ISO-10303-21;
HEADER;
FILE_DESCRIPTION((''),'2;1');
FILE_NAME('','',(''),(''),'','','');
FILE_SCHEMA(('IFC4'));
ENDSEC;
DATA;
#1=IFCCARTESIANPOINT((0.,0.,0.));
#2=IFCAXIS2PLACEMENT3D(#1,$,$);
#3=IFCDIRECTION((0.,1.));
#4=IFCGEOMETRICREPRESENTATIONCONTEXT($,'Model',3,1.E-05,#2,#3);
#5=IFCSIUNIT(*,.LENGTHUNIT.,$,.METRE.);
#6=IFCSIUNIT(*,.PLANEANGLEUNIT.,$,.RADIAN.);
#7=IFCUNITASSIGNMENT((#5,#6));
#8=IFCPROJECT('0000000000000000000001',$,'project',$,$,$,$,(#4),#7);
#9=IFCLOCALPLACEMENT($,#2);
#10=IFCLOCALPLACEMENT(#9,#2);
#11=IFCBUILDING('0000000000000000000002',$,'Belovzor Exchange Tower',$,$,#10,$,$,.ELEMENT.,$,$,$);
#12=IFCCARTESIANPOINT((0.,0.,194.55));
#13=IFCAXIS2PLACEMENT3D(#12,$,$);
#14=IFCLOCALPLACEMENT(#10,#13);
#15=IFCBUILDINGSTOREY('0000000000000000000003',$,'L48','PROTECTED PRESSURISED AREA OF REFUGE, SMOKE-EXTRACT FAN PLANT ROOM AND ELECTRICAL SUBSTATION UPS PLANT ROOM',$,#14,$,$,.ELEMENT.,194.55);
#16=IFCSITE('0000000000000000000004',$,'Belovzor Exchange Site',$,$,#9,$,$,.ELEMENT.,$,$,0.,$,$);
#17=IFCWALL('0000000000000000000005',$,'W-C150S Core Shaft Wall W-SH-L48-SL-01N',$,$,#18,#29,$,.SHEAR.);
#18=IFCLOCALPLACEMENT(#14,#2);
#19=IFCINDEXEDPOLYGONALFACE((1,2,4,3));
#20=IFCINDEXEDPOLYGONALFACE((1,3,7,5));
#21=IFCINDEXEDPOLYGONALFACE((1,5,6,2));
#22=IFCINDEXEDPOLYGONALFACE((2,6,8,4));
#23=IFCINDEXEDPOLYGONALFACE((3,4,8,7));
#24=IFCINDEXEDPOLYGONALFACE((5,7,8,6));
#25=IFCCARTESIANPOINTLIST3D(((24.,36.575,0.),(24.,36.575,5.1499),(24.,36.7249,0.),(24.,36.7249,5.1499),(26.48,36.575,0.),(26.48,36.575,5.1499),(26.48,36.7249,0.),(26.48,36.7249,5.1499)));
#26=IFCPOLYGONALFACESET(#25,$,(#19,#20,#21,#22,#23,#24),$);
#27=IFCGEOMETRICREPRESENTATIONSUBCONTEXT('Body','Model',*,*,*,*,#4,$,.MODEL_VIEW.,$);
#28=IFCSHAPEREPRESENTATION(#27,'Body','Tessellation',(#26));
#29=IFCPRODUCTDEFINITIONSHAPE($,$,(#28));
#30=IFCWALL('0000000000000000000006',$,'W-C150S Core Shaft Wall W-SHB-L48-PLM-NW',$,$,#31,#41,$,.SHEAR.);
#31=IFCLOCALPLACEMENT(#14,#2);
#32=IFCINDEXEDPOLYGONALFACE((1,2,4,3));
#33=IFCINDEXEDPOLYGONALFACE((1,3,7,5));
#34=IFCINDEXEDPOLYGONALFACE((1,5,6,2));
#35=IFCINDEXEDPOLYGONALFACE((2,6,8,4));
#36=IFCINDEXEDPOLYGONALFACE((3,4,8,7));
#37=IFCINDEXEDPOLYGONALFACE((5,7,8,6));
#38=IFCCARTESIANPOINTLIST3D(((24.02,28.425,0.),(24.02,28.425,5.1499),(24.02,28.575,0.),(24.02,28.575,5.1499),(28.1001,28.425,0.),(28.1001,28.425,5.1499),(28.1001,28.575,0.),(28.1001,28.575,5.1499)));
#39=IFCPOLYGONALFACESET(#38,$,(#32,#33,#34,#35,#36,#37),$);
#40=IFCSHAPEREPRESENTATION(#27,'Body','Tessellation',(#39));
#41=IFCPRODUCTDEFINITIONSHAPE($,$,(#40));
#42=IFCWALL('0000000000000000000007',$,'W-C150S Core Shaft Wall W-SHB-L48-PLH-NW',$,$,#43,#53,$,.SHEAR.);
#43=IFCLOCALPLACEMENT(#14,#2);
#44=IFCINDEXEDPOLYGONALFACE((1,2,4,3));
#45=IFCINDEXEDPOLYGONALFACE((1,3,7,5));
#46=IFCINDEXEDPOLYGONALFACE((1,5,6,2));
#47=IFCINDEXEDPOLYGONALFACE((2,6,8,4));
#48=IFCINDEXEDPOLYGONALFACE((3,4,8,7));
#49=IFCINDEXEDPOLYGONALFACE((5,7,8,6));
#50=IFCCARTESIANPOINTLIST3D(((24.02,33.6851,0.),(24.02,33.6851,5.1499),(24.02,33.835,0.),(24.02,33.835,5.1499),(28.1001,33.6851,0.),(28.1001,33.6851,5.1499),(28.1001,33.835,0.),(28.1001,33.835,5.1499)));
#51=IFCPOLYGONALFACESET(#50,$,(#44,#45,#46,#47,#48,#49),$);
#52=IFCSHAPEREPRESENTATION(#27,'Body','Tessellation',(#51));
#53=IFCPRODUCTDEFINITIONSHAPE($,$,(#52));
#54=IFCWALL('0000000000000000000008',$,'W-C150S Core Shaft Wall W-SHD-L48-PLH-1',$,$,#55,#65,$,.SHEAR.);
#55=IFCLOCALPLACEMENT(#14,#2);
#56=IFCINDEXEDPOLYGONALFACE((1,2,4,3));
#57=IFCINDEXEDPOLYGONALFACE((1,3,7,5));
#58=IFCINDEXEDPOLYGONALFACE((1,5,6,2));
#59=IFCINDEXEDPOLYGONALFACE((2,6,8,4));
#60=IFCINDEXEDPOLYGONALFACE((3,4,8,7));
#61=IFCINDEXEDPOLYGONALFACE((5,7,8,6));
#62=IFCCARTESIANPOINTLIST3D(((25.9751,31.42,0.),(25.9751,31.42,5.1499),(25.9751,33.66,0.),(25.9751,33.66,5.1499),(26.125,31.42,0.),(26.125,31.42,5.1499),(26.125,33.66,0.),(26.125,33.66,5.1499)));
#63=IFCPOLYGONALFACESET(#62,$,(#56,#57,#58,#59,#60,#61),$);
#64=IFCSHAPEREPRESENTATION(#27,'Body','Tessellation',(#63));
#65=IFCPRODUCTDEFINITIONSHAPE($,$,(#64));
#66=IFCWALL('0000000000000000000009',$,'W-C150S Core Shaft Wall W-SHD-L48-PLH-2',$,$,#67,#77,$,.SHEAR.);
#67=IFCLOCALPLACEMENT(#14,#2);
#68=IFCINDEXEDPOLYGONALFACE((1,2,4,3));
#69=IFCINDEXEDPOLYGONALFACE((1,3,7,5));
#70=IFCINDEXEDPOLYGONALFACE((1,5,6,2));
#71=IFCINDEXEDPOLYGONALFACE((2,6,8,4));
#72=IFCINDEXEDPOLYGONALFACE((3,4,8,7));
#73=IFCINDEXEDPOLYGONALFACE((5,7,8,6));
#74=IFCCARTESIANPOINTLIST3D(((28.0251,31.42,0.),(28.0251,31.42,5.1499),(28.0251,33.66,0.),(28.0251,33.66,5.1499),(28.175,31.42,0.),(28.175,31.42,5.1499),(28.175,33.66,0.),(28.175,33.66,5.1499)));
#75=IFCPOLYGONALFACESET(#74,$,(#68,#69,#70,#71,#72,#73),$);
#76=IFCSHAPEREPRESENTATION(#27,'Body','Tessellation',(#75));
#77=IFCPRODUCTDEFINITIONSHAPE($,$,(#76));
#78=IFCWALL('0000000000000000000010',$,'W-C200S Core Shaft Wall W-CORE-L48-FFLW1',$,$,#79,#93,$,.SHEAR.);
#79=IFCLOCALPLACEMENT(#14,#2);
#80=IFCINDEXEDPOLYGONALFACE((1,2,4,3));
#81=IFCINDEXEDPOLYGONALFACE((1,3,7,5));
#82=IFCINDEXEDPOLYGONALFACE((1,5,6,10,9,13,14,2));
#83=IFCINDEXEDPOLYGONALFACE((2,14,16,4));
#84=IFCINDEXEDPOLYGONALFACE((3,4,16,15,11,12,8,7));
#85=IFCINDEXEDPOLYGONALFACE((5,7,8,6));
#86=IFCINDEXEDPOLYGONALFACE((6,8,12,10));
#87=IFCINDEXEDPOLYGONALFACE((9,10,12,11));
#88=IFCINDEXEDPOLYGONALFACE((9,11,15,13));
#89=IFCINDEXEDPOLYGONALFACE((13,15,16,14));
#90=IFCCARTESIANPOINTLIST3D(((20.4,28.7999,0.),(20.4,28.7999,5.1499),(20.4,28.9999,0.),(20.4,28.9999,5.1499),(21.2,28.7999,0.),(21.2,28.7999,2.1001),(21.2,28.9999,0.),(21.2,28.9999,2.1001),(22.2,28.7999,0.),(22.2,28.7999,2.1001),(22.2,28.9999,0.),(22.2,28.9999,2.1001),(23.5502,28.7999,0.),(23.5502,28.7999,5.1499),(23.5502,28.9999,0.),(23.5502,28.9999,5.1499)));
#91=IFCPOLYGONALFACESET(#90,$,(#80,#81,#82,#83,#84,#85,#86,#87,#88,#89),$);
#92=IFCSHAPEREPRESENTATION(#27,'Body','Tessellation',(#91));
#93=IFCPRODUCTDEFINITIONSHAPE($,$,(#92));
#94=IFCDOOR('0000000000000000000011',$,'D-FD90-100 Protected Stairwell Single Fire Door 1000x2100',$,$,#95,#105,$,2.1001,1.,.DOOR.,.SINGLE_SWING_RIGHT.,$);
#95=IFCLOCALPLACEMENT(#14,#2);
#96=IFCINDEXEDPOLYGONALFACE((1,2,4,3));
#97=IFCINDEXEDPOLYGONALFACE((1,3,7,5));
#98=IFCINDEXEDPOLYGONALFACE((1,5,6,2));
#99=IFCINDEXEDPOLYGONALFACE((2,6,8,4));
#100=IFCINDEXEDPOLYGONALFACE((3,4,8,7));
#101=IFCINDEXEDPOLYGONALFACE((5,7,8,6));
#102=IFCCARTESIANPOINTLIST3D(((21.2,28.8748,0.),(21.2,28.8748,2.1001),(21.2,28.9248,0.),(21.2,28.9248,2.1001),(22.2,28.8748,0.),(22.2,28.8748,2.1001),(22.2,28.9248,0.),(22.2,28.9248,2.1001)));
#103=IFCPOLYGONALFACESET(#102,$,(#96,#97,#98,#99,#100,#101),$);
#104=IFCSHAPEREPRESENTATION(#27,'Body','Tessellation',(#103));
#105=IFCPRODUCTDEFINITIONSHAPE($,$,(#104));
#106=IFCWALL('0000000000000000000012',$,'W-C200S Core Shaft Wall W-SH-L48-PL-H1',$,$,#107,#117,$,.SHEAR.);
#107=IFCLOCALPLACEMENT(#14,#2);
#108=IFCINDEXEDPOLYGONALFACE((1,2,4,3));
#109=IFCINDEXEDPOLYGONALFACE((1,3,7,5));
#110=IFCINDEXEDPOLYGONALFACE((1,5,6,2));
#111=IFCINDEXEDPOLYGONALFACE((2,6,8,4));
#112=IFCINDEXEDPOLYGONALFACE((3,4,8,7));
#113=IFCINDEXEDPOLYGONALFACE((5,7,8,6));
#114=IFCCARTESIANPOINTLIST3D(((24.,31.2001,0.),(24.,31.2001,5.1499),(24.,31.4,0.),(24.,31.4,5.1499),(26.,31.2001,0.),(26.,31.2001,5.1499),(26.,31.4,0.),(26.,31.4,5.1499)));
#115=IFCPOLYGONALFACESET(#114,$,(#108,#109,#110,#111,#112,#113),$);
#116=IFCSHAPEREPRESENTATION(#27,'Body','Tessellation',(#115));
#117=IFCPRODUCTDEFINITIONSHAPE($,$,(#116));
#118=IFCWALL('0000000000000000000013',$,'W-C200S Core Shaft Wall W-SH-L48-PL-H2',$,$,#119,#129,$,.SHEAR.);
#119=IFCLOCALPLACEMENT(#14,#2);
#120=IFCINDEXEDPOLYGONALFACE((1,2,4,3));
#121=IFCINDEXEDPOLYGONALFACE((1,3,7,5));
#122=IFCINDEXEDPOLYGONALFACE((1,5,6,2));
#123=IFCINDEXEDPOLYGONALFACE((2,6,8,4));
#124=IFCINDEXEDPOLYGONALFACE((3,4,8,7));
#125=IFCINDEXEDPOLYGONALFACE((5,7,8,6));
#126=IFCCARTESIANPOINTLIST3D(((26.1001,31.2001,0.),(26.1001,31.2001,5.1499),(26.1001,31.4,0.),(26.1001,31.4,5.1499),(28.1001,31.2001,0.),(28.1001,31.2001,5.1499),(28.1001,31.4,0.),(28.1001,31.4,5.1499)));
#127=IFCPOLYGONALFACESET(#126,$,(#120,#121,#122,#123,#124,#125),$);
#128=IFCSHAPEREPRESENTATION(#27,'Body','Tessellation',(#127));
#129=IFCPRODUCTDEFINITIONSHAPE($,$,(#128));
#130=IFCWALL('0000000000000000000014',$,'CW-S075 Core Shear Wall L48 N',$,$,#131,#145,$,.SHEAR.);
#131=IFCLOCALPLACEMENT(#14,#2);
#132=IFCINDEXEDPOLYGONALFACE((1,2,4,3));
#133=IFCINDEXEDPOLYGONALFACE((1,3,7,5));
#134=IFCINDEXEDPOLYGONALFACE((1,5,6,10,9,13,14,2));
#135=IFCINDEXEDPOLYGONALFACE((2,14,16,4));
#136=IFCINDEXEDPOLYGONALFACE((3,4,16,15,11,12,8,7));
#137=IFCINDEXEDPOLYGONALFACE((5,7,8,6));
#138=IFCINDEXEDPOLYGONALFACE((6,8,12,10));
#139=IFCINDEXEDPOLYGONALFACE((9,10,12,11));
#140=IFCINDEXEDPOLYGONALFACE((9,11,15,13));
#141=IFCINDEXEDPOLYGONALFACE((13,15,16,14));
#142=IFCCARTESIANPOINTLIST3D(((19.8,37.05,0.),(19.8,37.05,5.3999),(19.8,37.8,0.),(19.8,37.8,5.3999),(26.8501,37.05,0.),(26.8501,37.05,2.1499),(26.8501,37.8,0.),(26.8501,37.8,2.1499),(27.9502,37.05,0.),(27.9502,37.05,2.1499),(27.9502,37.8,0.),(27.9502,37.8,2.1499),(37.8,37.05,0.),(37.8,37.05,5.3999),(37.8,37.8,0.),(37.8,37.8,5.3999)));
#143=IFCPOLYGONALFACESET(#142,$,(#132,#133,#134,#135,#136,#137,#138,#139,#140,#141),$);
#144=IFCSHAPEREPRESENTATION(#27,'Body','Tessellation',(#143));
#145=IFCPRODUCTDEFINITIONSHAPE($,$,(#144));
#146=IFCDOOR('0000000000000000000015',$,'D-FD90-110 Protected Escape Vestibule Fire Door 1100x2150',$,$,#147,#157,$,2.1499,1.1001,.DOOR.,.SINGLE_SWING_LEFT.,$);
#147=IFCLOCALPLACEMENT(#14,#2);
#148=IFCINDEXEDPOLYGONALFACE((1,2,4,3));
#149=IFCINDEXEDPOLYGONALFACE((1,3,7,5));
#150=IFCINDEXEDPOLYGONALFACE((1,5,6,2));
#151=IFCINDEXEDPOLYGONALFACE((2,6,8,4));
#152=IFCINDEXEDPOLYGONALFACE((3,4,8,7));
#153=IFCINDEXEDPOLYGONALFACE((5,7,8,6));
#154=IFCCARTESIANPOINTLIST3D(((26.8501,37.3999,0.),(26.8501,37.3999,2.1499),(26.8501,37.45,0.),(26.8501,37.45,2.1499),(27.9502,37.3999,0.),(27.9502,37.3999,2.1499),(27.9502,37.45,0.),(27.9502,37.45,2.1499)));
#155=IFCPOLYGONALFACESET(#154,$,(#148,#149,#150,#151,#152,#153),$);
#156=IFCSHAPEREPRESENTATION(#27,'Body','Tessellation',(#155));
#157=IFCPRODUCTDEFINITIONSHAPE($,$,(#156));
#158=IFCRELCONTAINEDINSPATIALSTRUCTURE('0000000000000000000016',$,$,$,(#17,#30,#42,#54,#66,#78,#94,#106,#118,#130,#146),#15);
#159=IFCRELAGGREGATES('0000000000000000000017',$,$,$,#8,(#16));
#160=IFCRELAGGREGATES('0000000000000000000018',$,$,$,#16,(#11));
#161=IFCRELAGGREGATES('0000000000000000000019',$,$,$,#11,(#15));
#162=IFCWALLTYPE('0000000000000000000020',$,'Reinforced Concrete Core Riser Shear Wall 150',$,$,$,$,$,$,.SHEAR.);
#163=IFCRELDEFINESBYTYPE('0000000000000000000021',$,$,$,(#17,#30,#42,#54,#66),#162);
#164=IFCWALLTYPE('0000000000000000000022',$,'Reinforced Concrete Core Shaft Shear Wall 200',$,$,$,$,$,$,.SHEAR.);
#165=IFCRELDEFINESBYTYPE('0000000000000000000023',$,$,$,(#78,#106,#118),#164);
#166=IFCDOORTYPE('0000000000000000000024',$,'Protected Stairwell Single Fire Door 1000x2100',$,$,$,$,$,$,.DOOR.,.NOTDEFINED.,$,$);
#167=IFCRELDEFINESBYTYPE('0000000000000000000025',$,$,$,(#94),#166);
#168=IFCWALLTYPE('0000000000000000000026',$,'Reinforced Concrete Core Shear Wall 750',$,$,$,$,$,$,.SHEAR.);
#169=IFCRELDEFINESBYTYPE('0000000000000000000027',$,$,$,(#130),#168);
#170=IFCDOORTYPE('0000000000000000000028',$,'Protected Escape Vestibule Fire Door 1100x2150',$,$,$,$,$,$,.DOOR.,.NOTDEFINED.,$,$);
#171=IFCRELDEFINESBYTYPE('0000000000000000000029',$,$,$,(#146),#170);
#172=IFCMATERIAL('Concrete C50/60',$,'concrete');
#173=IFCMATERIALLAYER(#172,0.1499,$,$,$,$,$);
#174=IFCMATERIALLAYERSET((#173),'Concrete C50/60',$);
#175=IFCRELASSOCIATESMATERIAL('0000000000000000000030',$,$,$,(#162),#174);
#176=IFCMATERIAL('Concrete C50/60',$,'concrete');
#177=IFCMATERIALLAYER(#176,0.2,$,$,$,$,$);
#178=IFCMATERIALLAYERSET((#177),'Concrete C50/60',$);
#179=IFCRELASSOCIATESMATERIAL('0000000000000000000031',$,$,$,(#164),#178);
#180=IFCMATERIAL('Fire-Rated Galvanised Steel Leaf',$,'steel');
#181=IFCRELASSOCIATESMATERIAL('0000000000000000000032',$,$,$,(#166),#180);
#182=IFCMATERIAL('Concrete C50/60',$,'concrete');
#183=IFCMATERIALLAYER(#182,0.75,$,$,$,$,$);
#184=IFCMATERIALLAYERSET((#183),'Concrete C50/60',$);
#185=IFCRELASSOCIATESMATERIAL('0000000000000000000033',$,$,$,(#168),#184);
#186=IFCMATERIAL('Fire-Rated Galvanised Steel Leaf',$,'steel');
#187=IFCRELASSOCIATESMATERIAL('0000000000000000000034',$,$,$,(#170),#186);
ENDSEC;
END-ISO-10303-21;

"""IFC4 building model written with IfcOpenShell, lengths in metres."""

from ifc_helpers import new_model, si_unit, direction, frame, frame_2d, origin, place, context, subcontext, project, spatial, rectangle, extrude, material, layer, layer_set, type_object, element, fill, save


model = new_model("IFC4")

# Units and contexts
model_context = context("Model", 3, precision=1e-05, world=origin(), true_north=direction((0.0, 1.0)))
body_context = subcontext(model_context, "Body", "Model", "MODEL_VIEW")
ifc_project = project(units=[si_unit("LENGTHUNIT", "METRE"), si_unit("PLANEANGLEUNIT", "RADIAN")], contexts=[model_context])

# Site, building, storey
site_placement = place(None, origin())
site = spatial("IfcSite", under=ifc_project, at=site_placement, Name="Belovzor Exchange Site", CompositionType="ELEMENT", RefElevation=0.0)
building_placement = place(site_placement, origin())
building = spatial("IfcBuilding", under=site, at=building_placement, Name="Belovzor Exchange Tower", CompositionType="ELEMENT")
storey_placement = place(building_placement, frame((0.0, 0.0, 194.55)))
storey = spatial("IfcBuildingStorey", under=building, at=storey_placement, Name="L48", Description="PROTECTED PRESSURISED AREA OF REFUGE, SMOKE-EXTRACT FAN PLANT ROOM AND ELECTRICAL SUBSTATION UPS PLANT ROOM", CompositionType="ELEMENT", Elevation=194.55)

# Walls
ifc_material_1 = material(Name="Concrete C50/60", Category="concrete")
ifc_layer_1 = layer(ifc_material_1, 0.1499)
ifc_layer_set_1 = layer_set([ifc_layer_1], Name="Concrete C50/60")
wall_type_1 = type_object("IfcWallType", Name="Reinforced Concrete Core Riser Shear Wall 150", PredefinedType="SHEAR", material=ifc_layer_set_1)
for number, where, z_axis, x_axis, name in (
    (1, (24.0, 36.6499, 0.0), (0.0, 0.0, 1.0), (1.0, 0.0, 0.0), "W-C150S Core Shaft Wall W-SH-L48-SL-01N"),
):
    element("IfcWall", number, at=place(storey_placement, frame(where, z_axis=z_axis, x_axis=x_axis)), inside=storey, type_object=wall_type_1, Name=name, PredefinedType="SHEAR", context=body_context, shape_type="SweptSolid", body=[
        extrude(rectangle(XDim=2.48, YDim=0.1499, at=frame_2d((1.24, 0.0))), origin(), (0.0, 0.0, 1.0), 5.1499),
    ])
for number, where, z_axis, x_axis, name in (
    (2, (24.02, 28.5, 0.0), (0.0, 0.0, 1.0), (1.0, 0.0, 0.0), "W-C150S Core Shaft Wall W-SHB-L48-PLM-NW"),
    (3, (24.02, 33.76, 0.0), (0.0, 0.0, 1.0), (1.0, 0.0, 0.0), "W-C150S Core Shaft Wall W-SHB-L48-PLH-NW"),
):
    element("IfcWall", number, at=place(storey_placement, frame(where, z_axis=z_axis, x_axis=x_axis)), inside=storey, type_object=wall_type_1, Name=name, PredefinedType="SHEAR", context=body_context, shape_type="SweptSolid", body=[
        extrude(rectangle(XDim=4.0801, YDim=0.1499, at=frame_2d((2.04, 0.0))), origin(), (0.0, 0.0, 1.0), 5.1499),
    ])
for number, where, z_axis, x_axis, name in (
    (4, (26.05, 31.4199, 0.0), (0.0, 0.0, 1.0), (0.0, 1.0, 0.0), "W-C150S Core Shaft Wall W-SHD-L48-PLH-1"),
    (5, (28.1001, 31.4199, 0.0), (0.0, 0.0, 1.0), (0.0, 1.0, 0.0), "W-C150S Core Shaft Wall W-SHD-L48-PLH-2"),
):
    element("IfcWall", number, at=place(storey_placement, frame(where, z_axis=z_axis, x_axis=x_axis)), inside=storey, type_object=wall_type_1, Name=name, PredefinedType="SHEAR", context=body_context, shape_type="SweptSolid", body=[
        extrude(rectangle(XDim=2.24, YDim=0.1499, at=frame_2d((1.1201, 0.0))), origin(), (0.0, 0.0, 1.0), 5.1499),
    ])

# Wall, opening, door
ifc_material_2 = material(Name="Concrete C50/60", Category="concrete")
ifc_layer_2 = layer(ifc_material_2, 0.2)
ifc_layer_set_2 = layer_set([ifc_layer_2], Name="Concrete C50/60")
wall_type_2 = type_object("IfcWallType", Name="Reinforced Concrete Core Shaft Shear Wall 200", PredefinedType="SHEAR", material=ifc_layer_set_2)
wall_1_placement = place(storey_placement, frame((20.3999, 28.8999, 0.0), z_axis=(0.0, 0.0, 1.0), x_axis=(1.0, 0.0, 0.0)))
wall_1 = element("IfcWall", 6, at=wall_1_placement, inside=storey, type_object=wall_type_2, Name="W-C200S Core Shaft Wall W-CORE-L48-FFLW1", PredefinedType="SHEAR", context=body_context, shape_type="SweptSolid", body=[
    extrude(rectangle(XDim=3.1501, YDim=0.2, at=frame_2d((1.5752, 0.0))), origin(), (0.0, 0.0, 1.0), 5.1499),
])
opening_1_placement = place(wall_1_placement, frame((0.8, 0.0, 0.0)))
opening_1 = element("IfcOpeningElement", 7, at=opening_1_placement, cuts=wall_1, PredefinedType="OPENING", context=body_context, shape_type="SweptSolid", body=[
    extrude(rectangle(XDim=1.0, YDim=2.1001, at=frame_2d((0.5, 1.05))), frame((0.0, 0.1099, 0.0), z_axis=(0.0, -1.0, 0.0), x_axis=(1.0, 0.0, 0.0)), (0.0, 0.0, 1.0), 0.22),
])
ifc_material_3 = material(Name="Fire-Rated Galvanised Steel Leaf", Category="steel")
door_type_1 = type_object("IfcDoorType", Name="Protected Stairwell Single Fire Door 1000x2100", OperationType="NOTDEFINED", PredefinedType="DOOR", material=ifc_material_3)
door_1_placement = place(opening_1_placement, origin())
door_1 = element("IfcDoor", 8, at=door_1_placement, inside=storey, type_object=door_type_1, Name="D-FD90-100 Protected Stairwell Single Fire Door 1000x2100", OperationType="SINGLE_SWING_RIGHT", OverallHeight=2.1001, OverallWidth=1.0, PredefinedType="DOOR", context=body_context, shape_type="SweptSolid", body=[
    extrude(rectangle(XDim=1.0, YDim=2.1001, at=frame_2d((0.5, 1.05))), frame((0.0, 0.0249, 0.0), z_axis=(0.0, -1.0, 0.0), x_axis=(1.0, 0.0, 0.0)), (0.0, 0.0, 1.0), 0.05),
])
fill(opening_1, door_1)

# Walls
for number, where, z_axis, x_axis, name in (
    (9, (24.0, 31.3, 0.0), (0.0, 0.0, 1.0), (1.0, 0.0, 0.0), "W-C200S Core Shaft Wall W-SH-L48-PL-H1"),
    (10, (26.1001, 31.3, 0.0), (0.0, 0.0, 1.0), (1.0, 0.0, 0.0), "W-C200S Core Shaft Wall W-SH-L48-PL-H2"),
):
    element("IfcWall", number, at=place(storey_placement, frame(where, z_axis=z_axis, x_axis=x_axis)), inside=storey, type_object=wall_type_2, Name=name, PredefinedType="SHEAR", context=body_context, shape_type="SweptSolid", body=[
        extrude(rectangle(XDim=2.0, YDim=0.2, at=frame_2d((1.0, 0.0))), origin(), (0.0, 0.0, 1.0), 5.1499),
    ])

# Wall, opening, door
ifc_material_4 = material(Name="Concrete C50/60", Category="concrete")
ifc_layer_3 = layer(ifc_material_4, 0.75)
ifc_layer_set_3 = layer_set([ifc_layer_3], Name="Concrete C50/60")
wall_type_3 = type_object("IfcWallType", Name="Reinforced Concrete Core Shear Wall 750", PredefinedType="SHEAR", material=ifc_layer_set_3)
wall_2_placement = place(storey_placement, frame((19.8, 37.425, 0.0), z_axis=(0.0, 0.0, 1.0), x_axis=(1.0, 0.0, 0.0)))
wall_2 = element("IfcWall", 11, at=wall_2_placement, inside=storey, type_object=wall_type_3, Name="CW-S075 Core Shear Wall L48 N", PredefinedType="SHEAR", context=body_context, shape_type="SweptSolid", body=[
    extrude(rectangle(XDim=18.0, YDim=0.75, at=frame_2d((9.0, 0.0))), origin(), (0.0, 0.0, 1.0), 5.3999),
])
opening_2_placement = place(wall_2_placement, frame((7.05, 0.0, 0.0)))
opening_2 = element("IfcOpeningElement", 12, at=opening_2_placement, cuts=wall_2, PredefinedType="OPENING", context=body_context, shape_type="SweptSolid", body=[
    extrude(rectangle(XDim=1.1001, YDim=2.1499, at=frame_2d((0.55, 1.075))), frame((0.0, 0.385, 0.0), z_axis=(0.0, -1.0, 0.0), x_axis=(1.0, 0.0, 0.0)), (0.0, 0.0, 1.0), 0.77),
])
ifc_material_5 = material(Name="Fire-Rated Galvanised Steel Leaf", Category="steel")
door_type_2 = type_object("IfcDoorType", Name="Protected Escape Vestibule Fire Door 1100x2150", OperationType="NOTDEFINED", PredefinedType="DOOR", material=ifc_material_5)
door_2_placement = place(opening_2_placement, origin())
door_2 = element("IfcDoor", 13, at=door_2_placement, inside=storey, type_object=door_type_2, Name="D-FD90-110 Protected Escape Vestibule Fire Door 1100x2150", OperationType="SINGLE_SWING_LEFT", OverallHeight=2.1499, OverallWidth=1.1001, PredefinedType="DOOR", context=body_context, shape_type="SweptSolid", body=[
    extrude(rectangle(XDim=1.1001, YDim=2.1499, at=frame_2d((0.55, 1.075))), frame((0.0, 0.0249, 0.0), z_axis=(0.0, -1.0, 0.0), x_axis=(1.0, 0.0, 0.0)), (0.0, 0.0, 1.0), 0.05),
])
fill(opening_2, door_2)

save(model, "model.ifc")
